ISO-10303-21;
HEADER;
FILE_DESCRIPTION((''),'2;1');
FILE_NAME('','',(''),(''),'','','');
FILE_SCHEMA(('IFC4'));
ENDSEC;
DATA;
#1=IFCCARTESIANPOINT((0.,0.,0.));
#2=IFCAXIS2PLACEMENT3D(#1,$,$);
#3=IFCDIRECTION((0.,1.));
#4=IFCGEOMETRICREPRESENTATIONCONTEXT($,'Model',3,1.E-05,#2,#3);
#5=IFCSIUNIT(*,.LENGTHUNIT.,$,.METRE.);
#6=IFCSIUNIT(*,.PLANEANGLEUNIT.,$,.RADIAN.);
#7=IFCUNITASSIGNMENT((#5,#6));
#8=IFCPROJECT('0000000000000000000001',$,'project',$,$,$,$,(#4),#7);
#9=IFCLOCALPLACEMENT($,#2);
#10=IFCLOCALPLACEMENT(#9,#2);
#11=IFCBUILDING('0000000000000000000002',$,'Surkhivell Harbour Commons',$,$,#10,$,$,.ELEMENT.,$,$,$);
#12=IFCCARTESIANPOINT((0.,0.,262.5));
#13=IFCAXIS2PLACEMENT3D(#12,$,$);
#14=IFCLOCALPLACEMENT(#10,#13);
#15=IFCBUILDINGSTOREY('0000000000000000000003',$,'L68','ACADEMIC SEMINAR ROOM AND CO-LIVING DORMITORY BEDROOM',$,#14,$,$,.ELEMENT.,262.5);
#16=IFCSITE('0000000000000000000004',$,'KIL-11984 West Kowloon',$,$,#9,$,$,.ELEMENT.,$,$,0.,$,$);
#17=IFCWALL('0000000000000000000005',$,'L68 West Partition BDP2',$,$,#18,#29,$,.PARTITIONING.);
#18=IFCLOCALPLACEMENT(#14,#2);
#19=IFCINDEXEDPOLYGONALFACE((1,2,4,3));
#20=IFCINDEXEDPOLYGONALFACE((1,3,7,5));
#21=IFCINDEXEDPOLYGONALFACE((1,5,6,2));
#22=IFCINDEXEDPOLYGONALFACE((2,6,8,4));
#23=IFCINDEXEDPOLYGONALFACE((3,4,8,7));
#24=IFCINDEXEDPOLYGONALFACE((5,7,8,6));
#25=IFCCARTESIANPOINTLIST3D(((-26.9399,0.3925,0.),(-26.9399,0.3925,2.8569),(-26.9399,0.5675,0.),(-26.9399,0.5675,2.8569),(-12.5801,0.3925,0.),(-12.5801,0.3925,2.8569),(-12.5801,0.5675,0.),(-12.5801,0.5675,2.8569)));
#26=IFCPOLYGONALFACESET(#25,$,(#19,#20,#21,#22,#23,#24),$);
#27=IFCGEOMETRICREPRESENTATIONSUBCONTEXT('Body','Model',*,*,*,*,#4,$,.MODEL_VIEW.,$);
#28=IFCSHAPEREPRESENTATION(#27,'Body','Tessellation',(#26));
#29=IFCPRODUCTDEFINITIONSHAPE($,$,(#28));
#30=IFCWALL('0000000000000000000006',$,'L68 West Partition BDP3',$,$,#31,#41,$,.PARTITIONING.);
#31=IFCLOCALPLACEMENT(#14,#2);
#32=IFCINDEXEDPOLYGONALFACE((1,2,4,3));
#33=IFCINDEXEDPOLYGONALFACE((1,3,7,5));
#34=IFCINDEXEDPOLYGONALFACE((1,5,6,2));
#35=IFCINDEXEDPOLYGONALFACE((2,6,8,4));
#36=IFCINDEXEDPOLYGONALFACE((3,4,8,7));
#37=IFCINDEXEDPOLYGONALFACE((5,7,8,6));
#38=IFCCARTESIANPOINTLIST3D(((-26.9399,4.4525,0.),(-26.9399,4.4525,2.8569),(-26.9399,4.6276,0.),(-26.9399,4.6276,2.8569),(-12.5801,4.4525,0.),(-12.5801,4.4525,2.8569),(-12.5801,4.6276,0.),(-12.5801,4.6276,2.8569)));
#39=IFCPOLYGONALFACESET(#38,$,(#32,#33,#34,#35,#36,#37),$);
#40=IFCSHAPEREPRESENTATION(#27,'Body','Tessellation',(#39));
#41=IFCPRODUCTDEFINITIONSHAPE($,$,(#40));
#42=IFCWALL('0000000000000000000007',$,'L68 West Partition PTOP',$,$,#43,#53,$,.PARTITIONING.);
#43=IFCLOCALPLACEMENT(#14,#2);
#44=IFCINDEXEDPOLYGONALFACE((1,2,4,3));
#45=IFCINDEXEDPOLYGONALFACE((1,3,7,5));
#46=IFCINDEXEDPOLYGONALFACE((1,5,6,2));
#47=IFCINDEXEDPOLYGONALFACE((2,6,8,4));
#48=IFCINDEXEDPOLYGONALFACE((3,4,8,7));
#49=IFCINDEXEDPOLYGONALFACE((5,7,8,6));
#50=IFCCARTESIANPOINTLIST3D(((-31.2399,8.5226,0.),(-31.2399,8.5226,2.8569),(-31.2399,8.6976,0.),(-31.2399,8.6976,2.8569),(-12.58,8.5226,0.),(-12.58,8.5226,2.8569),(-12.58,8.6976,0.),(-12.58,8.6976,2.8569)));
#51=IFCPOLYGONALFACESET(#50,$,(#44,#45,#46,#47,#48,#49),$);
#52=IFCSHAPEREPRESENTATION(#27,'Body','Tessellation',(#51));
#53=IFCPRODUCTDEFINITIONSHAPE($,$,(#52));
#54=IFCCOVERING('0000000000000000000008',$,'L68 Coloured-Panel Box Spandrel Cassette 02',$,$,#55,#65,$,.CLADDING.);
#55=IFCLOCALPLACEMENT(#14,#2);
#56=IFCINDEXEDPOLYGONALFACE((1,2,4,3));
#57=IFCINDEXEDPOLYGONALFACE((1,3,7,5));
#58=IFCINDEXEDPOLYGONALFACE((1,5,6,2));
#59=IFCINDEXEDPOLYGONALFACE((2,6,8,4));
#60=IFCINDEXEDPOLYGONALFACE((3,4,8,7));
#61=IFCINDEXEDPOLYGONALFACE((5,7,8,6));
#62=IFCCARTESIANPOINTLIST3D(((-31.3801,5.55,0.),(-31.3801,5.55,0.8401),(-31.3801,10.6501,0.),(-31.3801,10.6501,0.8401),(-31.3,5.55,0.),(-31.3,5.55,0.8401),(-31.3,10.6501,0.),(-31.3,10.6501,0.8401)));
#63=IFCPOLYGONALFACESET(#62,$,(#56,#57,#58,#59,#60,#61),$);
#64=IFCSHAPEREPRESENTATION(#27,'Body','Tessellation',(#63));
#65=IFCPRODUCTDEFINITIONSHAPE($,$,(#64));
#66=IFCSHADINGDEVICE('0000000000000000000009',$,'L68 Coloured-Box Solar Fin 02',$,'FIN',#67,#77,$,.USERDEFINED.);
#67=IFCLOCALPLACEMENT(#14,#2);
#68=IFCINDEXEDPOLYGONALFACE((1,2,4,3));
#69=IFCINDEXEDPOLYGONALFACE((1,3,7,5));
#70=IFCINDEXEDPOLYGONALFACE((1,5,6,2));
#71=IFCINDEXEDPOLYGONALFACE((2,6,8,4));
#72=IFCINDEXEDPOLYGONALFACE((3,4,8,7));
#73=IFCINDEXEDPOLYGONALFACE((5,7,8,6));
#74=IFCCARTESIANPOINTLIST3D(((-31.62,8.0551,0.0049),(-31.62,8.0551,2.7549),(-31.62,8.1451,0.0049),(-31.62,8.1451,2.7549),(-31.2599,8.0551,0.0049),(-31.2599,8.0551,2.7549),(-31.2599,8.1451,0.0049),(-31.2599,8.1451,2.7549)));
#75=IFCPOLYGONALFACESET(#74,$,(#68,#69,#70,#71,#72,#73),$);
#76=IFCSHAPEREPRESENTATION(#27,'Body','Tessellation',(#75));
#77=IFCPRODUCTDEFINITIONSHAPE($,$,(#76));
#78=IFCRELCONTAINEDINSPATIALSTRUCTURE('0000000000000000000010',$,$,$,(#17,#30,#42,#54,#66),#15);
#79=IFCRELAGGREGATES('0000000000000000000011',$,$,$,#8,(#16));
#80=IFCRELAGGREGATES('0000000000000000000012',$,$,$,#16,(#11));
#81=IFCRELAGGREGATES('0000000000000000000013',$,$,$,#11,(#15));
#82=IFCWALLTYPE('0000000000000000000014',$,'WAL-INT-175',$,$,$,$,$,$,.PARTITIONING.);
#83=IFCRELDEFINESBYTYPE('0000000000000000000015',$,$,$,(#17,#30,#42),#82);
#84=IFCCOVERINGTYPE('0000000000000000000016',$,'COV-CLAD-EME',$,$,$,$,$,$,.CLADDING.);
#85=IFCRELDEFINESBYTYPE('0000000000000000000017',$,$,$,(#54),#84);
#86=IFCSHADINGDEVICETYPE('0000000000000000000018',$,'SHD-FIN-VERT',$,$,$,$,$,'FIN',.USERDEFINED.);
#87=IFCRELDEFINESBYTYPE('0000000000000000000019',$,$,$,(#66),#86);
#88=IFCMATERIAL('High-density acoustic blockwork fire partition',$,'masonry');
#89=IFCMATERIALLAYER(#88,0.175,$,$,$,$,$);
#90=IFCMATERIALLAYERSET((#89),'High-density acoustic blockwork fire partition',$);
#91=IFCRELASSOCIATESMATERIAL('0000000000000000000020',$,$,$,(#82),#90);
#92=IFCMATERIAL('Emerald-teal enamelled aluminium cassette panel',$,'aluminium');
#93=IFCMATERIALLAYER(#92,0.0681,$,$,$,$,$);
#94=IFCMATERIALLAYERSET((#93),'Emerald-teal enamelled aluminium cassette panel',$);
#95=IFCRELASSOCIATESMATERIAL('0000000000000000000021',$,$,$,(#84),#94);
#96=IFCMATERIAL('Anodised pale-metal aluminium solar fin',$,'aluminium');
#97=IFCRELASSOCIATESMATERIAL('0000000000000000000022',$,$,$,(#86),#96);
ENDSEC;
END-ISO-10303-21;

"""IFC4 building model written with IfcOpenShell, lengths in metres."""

from ifc_helpers import new_model, si_unit, direction, frame, frame_2d, origin, origin_2d, place, context, subcontext, project, spatial, rectangle, extrude, material, layer, layer_set, type_object, element, save


model = new_model("IFC4")

# Units and contexts
model_context = context("Model", 3, precision=1e-05, world=origin(), true_north=direction((0.0, 1.0)))
body_context = subcontext(model_context, "Body", "Model", "MODEL_VIEW")
ifc_project = project(units=[si_unit("LENGTHUNIT", "METRE"), si_unit("PLANEANGLEUNIT", "RADIAN")], contexts=[model_context])

# Site, building, storey
site_placement = place(None, origin())
site = spatial("IfcSite", under=ifc_project, at=site_placement, Name="KIL-11984 West Kowloon", CompositionType="ELEMENT", RefElevation=0.0)
building_placement = place(site_placement, origin())
building = spatial("IfcBuilding", under=site, at=building_placement, Name="Surkhivell Harbour Commons", CompositionType="ELEMENT")
storey_placement = place(building_placement, frame((0.0, 0.0, 262.5)))
storey = spatial("IfcBuildingStorey", under=building, at=storey_placement, Name="L68", Description="ACADEMIC SEMINAR ROOM AND CO-LIVING DORMITORY BEDROOM", CompositionType="ELEMENT", Elevation=262.5)

# Walls
ifc_material_1 = material(Name="High-density acoustic blockwork fire partition", Category="masonry")
ifc_layer_1 = layer(ifc_material_1, 0.175)
ifc_layer_set_1 = layer_set([ifc_layer_1], Name="High-density acoustic blockwork fire partition")
wall_type_1 = type_object("IfcWallType", Name="WAL-INT-175", PredefinedType="PARTITIONING", material=ifc_layer_set_1)
for number, where, z_axis, x_axis, name in (
    (1, (-26.9399, 0.48, 0.0), (0.0, 0.0, 1.0), (1.0, 0.0, 0.0), "L68 West Partition BDP2"),
    (2, (-26.9399, 4.54, 0.0), (0.0, 0.0, 1.0), (1.0, 0.0, 0.0), "L68 West Partition BDP3"),
):
    element("IfcWall", number, at=place(storey_placement, frame(where, z_axis=z_axis, x_axis=x_axis)), inside=storey, type_object=wall_type_1, Name=name, PredefinedType="PARTITIONING", context=body_context, shape_type="SweptSolid", body=[
        extrude(rectangle(XDim=14.3599, YDim=0.175, at=frame_2d((7.1799, 0.0))), origin(), (0.0, 0.0, 1.0), 2.8569),
    ])
wall_1_placement = place(storey_placement, frame((-31.24, 8.6101, 0.0), z_axis=(0.0, 0.0, 1.0), x_axis=(1.0, 0.0, 0.0)))
element("IfcWall", 3, at=wall_1_placement, inside=storey, type_object=wall_type_1, Name="L68 West Partition PTOP", PredefinedType="PARTITIONING", context=body_context, shape_type="SweptSolid", body=[
    extrude(rectangle(XDim=18.6599, YDim=0.175, at=frame_2d((9.3301, 0.0))), origin(), (0.0, 0.0, 1.0), 2.8569),
])

# Covering
ifc_material_2 = material(Name="Emerald-teal enamelled aluminium cassette panel", Category="aluminium")
ifc_layer_2 = layer(ifc_material_2, 0.0681)
ifc_layer_set_2 = layer_set([ifc_layer_2], Name="Emerald-teal enamelled aluminium cassette panel")
covering_type = type_object("IfcCoveringType", Name="COV-CLAD-EME", PredefinedType="CLADDING", material=ifc_layer_set_2)
covering_placement = place(storey_placement, frame((-31.3401, 8.1001, 0.0), z_axis=(0.0, 0.0, 1.0), x_axis=(1.0, 0.0, 0.0)))
element("IfcCovering", 4, at=covering_placement, inside=storey, type_object=covering_type, Name="L68 Coloured-Panel Box Spandrel Cassette 02", PredefinedType="CLADDING", context=body_context, shape_type="SweptSolid", body=[
    extrude(rectangle(XDim=0.0801, YDim=5.1001, at=origin_2d()), origin(), (0.0, 0.0, 1.0), 0.8401),
])

# Shading device
ifc_material_3 = material(Name="Anodised pale-metal aluminium solar fin", Category="aluminium")
shading_device_type = type_object("IfcShadingDeviceType", Name="SHD-FIN-VERT", ElementType="FIN", PredefinedType="USERDEFINED", material=ifc_material_3)
shading_device_placement = place(storey_placement, frame((-31.4399, 8.1001, 0.0049), z_axis=(0.0, 0.0, 1.0), x_axis=(1.0, 0.0, 0.0)))
element("IfcShadingDevice", 5, at=shading_device_placement, inside=storey, type_object=shading_device_type, Name="L68 Coloured-Box Solar Fin 02", ObjectType="FIN", PredefinedType="USERDEFINED", context=body_context, shape_type="SweptSolid", body=[
    extrude(rectangle(XDim=0.3601, YDim=0.0901, at=origin_2d()), origin(), (0.0, 0.0, 1.0), 2.75),
])

save(model, "model.ifc")
